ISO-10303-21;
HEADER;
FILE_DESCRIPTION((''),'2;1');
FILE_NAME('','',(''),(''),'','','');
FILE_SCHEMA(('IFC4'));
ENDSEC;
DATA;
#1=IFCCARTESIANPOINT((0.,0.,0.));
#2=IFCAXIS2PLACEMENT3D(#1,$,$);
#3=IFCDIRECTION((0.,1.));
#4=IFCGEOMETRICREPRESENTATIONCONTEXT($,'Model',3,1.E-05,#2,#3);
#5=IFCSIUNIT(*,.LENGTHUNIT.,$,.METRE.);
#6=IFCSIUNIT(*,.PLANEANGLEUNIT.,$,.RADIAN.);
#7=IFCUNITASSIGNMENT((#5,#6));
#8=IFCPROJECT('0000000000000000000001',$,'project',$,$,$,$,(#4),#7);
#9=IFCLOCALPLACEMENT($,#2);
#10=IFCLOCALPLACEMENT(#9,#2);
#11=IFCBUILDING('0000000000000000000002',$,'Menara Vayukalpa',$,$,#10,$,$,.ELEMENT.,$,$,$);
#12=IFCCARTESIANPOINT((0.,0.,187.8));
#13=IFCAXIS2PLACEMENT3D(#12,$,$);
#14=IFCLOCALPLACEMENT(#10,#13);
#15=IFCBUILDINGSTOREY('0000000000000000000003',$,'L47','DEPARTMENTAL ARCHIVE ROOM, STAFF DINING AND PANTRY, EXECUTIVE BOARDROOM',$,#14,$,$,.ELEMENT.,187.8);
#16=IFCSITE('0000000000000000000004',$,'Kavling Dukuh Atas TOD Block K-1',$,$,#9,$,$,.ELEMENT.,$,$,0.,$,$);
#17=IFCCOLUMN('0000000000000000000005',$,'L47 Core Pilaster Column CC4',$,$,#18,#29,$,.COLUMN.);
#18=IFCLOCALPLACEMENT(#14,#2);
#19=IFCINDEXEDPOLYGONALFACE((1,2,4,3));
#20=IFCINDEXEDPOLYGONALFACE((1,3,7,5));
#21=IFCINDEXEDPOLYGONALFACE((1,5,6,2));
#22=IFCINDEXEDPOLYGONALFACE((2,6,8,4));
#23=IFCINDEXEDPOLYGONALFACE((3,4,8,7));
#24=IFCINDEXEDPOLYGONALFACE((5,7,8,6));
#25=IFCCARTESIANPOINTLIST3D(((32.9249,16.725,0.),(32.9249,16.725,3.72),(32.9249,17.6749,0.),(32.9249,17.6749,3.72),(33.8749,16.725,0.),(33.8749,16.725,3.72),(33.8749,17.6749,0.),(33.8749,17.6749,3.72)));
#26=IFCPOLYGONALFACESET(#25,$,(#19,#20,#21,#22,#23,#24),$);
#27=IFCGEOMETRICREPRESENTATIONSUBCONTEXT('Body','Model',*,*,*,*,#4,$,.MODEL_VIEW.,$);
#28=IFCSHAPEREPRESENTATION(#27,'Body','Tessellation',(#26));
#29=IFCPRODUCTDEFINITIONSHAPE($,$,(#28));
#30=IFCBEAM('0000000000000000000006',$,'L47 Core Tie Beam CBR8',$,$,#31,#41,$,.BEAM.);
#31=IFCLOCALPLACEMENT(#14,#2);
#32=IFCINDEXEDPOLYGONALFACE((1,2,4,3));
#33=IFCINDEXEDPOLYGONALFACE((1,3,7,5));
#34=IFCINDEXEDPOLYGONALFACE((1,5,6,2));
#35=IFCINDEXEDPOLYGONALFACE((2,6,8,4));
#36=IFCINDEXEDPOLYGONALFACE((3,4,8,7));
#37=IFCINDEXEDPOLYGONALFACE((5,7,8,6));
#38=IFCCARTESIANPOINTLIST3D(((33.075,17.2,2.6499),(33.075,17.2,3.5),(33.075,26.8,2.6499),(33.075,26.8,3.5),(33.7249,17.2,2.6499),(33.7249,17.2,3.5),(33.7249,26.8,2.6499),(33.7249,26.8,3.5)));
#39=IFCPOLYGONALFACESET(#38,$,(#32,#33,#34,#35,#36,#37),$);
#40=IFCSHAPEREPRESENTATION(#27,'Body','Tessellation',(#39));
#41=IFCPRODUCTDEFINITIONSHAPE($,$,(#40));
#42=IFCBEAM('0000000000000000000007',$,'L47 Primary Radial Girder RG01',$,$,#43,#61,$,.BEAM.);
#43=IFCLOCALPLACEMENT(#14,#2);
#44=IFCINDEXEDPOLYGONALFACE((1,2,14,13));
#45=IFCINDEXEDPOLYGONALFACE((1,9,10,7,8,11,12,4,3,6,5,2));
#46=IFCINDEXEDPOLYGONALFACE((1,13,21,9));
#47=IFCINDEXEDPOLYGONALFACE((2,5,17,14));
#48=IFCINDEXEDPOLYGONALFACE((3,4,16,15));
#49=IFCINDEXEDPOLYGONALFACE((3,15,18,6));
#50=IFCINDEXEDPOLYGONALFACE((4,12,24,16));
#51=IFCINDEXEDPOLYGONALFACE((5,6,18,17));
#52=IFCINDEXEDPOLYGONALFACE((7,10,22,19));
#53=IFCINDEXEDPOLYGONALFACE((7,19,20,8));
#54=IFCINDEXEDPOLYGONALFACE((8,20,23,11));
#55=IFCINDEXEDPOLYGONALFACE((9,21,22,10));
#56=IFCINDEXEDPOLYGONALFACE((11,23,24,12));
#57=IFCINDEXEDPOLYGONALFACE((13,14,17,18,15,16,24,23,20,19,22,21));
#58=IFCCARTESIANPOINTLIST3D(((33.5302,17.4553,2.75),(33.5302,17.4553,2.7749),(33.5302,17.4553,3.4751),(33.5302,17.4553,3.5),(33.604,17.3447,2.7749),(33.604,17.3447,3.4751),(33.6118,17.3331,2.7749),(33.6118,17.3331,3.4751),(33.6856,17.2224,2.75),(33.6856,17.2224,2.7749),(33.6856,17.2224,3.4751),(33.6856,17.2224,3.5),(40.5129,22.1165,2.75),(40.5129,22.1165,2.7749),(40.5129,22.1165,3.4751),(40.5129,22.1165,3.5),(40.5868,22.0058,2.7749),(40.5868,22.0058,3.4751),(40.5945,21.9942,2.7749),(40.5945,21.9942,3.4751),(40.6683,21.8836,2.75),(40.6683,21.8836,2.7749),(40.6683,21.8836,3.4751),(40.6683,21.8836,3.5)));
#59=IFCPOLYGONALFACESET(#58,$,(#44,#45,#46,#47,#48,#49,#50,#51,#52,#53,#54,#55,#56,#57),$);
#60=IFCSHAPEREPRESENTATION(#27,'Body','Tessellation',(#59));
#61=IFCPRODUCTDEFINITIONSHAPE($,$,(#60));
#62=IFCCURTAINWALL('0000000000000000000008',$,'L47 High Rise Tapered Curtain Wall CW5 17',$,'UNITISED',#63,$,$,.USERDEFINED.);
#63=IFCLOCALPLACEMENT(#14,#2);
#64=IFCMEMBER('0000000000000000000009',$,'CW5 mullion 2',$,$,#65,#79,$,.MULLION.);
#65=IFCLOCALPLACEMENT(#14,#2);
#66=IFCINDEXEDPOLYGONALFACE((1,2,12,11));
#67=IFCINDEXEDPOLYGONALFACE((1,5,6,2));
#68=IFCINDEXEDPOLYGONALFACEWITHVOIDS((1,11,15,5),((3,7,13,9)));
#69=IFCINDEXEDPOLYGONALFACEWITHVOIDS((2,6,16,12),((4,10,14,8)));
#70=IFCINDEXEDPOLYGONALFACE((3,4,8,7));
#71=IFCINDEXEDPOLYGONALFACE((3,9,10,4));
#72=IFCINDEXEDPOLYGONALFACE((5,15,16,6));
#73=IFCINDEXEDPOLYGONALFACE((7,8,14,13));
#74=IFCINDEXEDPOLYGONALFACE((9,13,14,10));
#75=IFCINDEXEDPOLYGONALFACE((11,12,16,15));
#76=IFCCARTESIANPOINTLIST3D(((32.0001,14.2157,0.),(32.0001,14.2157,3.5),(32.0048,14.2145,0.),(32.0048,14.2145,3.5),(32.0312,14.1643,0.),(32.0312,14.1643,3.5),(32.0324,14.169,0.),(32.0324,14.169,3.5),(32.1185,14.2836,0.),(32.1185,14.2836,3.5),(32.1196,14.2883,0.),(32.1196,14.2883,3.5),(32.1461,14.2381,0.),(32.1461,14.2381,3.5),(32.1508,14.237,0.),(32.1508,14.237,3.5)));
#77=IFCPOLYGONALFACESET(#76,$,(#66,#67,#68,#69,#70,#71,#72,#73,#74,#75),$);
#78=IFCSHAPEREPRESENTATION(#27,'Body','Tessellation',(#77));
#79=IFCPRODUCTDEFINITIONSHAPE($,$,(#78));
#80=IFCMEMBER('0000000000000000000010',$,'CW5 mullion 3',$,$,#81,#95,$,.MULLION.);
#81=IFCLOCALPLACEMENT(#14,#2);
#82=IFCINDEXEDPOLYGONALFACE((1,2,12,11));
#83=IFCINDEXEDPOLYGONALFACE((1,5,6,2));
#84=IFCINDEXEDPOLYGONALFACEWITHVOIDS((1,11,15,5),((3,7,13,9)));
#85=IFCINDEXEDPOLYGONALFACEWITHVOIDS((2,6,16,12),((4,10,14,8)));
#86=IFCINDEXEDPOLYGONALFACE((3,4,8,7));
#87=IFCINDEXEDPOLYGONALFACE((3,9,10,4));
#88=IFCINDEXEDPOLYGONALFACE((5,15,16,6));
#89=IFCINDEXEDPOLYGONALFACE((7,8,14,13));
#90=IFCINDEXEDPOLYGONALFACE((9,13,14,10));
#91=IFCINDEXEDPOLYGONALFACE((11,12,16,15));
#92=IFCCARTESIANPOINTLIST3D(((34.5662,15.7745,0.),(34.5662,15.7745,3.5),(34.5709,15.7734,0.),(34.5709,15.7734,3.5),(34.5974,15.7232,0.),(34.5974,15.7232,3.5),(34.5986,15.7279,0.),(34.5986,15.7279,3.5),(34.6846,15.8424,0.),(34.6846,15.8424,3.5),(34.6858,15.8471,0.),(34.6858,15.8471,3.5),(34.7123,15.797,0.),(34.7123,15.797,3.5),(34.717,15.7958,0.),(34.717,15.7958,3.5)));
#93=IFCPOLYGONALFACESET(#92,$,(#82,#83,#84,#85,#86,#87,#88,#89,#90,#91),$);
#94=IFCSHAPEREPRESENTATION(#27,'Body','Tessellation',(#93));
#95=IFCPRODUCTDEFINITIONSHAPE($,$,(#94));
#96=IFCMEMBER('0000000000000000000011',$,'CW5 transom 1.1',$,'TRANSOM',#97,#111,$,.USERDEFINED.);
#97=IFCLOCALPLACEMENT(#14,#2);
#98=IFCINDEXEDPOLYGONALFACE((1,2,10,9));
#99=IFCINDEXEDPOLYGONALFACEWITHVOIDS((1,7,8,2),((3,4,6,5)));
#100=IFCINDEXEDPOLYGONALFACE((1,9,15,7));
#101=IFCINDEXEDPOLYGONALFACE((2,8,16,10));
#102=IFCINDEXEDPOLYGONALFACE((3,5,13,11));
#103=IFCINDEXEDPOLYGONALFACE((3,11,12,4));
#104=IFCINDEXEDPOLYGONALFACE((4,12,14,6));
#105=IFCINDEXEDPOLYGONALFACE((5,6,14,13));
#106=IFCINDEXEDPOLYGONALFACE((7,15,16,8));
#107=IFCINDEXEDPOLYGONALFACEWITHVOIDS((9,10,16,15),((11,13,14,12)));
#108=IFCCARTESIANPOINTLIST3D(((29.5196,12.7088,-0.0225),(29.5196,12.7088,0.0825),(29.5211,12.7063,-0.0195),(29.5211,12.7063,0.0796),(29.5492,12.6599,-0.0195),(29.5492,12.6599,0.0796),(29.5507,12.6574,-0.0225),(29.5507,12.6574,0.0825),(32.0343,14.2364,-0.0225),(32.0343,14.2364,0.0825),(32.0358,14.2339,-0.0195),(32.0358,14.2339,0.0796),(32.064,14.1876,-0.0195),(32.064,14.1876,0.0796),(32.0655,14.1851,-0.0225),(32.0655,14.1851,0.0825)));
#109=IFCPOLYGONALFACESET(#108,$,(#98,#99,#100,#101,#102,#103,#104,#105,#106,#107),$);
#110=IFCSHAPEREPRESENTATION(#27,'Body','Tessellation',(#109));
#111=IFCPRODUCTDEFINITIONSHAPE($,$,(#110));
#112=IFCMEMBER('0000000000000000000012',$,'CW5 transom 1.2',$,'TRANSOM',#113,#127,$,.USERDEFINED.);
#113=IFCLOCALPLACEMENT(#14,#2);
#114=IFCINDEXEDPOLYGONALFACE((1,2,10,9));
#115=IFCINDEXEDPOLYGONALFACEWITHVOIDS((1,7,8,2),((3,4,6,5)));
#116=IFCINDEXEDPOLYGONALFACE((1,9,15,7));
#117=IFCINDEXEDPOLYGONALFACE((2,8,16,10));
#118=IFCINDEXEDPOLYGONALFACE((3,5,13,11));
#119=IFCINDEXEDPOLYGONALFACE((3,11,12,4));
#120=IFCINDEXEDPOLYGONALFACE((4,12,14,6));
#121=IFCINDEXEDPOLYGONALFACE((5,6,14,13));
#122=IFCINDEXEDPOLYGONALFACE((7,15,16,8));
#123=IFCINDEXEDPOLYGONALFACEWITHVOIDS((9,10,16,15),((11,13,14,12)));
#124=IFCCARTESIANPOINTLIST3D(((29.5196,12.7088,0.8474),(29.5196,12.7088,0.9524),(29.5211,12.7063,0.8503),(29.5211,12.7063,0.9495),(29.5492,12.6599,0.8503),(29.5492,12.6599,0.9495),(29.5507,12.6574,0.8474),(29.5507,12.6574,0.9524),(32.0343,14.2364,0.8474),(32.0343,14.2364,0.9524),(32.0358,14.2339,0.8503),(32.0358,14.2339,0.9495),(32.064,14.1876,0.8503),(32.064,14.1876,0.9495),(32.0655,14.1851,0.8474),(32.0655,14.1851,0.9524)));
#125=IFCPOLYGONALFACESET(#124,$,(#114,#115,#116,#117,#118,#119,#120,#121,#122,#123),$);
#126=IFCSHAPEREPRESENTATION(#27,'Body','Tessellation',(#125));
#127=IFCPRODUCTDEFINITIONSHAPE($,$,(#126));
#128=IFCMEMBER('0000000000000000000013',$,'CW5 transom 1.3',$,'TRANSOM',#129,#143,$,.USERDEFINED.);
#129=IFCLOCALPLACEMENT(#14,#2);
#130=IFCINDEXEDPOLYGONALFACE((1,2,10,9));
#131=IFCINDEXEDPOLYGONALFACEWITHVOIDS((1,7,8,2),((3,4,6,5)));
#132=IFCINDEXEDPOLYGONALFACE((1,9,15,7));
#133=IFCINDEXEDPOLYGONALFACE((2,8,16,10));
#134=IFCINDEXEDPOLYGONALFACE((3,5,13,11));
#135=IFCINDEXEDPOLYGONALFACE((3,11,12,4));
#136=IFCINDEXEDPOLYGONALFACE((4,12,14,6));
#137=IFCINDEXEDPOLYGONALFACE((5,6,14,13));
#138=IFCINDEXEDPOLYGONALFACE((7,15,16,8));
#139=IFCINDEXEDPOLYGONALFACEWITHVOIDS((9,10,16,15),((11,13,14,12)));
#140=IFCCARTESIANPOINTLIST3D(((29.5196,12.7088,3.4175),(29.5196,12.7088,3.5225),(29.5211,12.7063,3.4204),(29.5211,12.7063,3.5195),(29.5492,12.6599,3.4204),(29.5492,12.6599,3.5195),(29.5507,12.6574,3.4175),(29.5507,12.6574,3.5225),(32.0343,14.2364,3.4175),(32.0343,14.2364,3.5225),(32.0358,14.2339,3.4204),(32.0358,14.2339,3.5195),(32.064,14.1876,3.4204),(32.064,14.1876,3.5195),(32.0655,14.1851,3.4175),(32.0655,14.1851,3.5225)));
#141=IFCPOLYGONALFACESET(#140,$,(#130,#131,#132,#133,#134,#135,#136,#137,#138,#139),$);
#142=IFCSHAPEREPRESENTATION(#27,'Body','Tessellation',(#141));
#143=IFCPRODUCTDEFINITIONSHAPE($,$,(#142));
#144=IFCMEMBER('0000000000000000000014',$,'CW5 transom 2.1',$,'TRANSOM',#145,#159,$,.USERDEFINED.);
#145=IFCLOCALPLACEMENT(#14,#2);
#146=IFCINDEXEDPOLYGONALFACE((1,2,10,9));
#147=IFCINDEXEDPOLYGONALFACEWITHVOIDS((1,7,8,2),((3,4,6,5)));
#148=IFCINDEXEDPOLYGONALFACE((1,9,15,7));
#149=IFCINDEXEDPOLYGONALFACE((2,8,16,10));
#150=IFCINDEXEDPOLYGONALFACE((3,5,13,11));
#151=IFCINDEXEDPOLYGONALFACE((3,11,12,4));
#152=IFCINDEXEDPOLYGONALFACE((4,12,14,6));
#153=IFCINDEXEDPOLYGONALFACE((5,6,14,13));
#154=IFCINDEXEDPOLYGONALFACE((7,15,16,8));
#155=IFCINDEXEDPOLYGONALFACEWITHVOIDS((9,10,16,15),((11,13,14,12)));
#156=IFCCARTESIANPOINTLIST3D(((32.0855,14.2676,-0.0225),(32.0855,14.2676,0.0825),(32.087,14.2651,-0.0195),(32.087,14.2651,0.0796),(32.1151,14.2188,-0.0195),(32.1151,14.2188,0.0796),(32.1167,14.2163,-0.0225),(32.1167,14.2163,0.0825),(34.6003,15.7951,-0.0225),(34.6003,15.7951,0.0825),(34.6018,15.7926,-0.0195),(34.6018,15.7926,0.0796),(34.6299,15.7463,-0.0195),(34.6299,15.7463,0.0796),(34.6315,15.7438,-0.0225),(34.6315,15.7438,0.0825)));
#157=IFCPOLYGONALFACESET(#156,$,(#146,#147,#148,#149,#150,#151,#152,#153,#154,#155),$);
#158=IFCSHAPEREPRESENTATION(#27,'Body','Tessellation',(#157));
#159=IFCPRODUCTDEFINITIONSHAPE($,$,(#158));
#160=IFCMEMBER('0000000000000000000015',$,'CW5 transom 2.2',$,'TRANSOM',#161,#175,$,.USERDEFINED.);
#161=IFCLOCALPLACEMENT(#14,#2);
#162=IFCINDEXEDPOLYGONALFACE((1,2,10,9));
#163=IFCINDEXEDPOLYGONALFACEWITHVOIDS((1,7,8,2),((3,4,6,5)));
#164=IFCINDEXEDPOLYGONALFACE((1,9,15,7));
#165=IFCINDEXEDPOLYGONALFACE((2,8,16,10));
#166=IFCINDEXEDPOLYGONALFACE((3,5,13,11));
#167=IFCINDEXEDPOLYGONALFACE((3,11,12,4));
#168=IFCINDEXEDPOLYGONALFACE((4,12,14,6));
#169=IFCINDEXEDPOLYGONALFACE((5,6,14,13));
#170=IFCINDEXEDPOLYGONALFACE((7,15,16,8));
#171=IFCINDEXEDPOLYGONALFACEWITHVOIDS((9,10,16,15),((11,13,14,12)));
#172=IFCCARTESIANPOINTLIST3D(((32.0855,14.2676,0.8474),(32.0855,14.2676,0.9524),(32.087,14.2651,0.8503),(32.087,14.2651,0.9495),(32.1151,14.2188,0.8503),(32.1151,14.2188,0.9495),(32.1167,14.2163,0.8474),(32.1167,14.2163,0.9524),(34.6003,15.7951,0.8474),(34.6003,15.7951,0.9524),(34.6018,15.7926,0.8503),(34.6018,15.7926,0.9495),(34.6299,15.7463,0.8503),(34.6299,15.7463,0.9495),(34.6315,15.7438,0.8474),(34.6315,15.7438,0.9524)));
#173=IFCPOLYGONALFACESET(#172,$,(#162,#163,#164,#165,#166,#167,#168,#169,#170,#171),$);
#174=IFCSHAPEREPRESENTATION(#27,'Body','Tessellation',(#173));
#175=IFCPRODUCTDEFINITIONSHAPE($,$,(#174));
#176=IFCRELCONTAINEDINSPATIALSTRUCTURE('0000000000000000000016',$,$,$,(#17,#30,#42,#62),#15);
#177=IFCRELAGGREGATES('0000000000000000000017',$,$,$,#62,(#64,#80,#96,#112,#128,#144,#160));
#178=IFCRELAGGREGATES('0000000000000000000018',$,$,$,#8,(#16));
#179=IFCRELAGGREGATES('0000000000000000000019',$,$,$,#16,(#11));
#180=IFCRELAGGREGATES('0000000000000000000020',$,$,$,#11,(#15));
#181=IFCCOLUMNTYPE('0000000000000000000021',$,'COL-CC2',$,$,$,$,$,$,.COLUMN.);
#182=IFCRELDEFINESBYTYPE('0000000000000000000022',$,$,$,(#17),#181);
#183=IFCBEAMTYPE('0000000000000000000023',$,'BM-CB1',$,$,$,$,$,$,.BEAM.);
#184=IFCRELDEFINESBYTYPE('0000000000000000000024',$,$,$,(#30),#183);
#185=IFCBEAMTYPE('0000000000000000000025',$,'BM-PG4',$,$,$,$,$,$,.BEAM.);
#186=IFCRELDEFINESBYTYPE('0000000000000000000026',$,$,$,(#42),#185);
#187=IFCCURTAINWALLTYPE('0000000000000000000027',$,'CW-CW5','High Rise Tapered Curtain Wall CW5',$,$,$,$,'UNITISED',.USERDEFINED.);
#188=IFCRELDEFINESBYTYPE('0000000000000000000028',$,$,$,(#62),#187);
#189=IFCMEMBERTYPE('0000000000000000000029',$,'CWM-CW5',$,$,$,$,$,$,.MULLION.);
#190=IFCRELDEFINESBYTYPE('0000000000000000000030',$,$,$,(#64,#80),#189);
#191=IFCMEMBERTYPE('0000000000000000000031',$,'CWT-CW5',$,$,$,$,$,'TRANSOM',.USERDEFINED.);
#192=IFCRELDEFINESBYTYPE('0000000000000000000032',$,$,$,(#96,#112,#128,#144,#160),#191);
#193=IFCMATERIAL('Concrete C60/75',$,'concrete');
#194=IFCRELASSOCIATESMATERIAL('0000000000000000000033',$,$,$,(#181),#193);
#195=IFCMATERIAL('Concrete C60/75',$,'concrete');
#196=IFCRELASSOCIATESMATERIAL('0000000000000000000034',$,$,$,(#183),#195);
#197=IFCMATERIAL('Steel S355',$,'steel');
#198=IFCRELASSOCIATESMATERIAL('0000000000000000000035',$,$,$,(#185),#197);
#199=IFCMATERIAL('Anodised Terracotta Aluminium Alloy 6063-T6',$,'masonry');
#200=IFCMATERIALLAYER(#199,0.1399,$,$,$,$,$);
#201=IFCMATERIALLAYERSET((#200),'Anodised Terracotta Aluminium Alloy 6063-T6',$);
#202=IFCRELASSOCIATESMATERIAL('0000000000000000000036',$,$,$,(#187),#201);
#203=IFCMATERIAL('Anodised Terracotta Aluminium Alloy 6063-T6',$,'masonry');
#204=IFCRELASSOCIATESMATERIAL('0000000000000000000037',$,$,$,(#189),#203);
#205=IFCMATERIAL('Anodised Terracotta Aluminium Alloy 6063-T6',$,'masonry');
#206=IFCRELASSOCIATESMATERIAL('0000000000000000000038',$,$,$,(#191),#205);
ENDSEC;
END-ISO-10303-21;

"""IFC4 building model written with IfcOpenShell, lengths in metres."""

from ifc_helpers import new_model, si_unit, direction, frame, origin, origin_2d, place, context, subcontext, project, spatial, rectangle, hollow_rectangle, i_section, extrude, material, layer, layer_set, material_profile, profile_set, type_object, element, aggregate, save


model = new_model("IFC4")

# Units and contexts
model_context = context("Model", 3, precision=1e-05, world=origin(), true_north=direction((0.0, 1.0)))
body_context = subcontext(model_context, "Body", "Model", "MODEL_VIEW")
ifc_project = project(units=[si_unit("LENGTHUNIT", "METRE"), si_unit("PLANEANGLEUNIT", "RADIAN")], contexts=[model_context])

# Site, building, storey
site_placement = place(None, origin())
site = spatial("IfcSite", under=ifc_project, at=site_placement, Name="Kavling Dukuh Atas TOD Block K-1", CompositionType="ELEMENT", RefElevation=0.0)
building_placement = place(site_placement, origin())
building = spatial("IfcBuilding", under=site, at=building_placement, Name="Menara Vayukalpa", CompositionType="ELEMENT")
storey_placement = place(building_placement, frame((0.0, 0.0, 187.8)))
storey = spatial("IfcBuildingStorey", under=building, at=storey_placement, Name="L47", Description="DEPARTMENTAL ARCHIVE ROOM, STAFF DINING AND PANTRY, EXECUTIVE BOARDROOM", CompositionType="ELEMENT", Elevation=187.8)

# Column
ifc_material_1 = material(Name="Concrete C60/75", Category="concrete")
ifc_material_profile_1 = material_profile(ifc_material_1, rectangle(XDim=0.95, YDim=0.95, at=origin_2d()), Name="RC 950x950")
ifc_profile_set_1 = profile_set([ifc_material_profile_1], Name="Concrete C60/75")
column_type = type_object("IfcColumnType", Name="COL-CC2", PredefinedType="COLUMN", material=ifc_profile_set_1)
column_placement = place(storey_placement, frame((33.3999, 17.2, 0.0), z_axis=(0.0, 0.0, 1.0), x_axis=(1.0, 0.0, 0.0)))
element("IfcColumn", 1, at=column_placement, inside=storey, type_object=column_type, Name="L47 Core Pilaster Column CC4", PredefinedType="COLUMN", context=body_context, shape_type="SweptSolid", body=[
    extrude(rectangle(XDim=0.95, YDim=0.95, at=origin_2d()), origin(), (0.0, 0.0, 1.0), 3.72),
])

# Beams
ifc_material_2 = material(Name="Concrete C60/75", Category="concrete")
ifc_material_profile_2 = material_profile(ifc_material_2, rectangle(XDim=0.6499, YDim=0.8501, at=origin_2d()), Name="RC 650x850")
ifc_profile_set_2 = profile_set([ifc_material_profile_2], Name="Concrete C60/75")
beam_type_1 = type_object("IfcBeamType", Name="BM-CB1", PredefinedType="BEAM", material=ifc_profile_set_2)
beam_1_placement = place(storey_placement, frame((33.3999, 17.2, 3.075), z_axis=(0.0, 1.0, 0.0), x_axis=(-1.0, 0.0, 0.0)))
element("IfcBeam", 2, at=beam_1_placement, inside=storey, type_object=beam_type_1, Name="L47 Core Tie Beam CBR8", PredefinedType="BEAM", context=body_context, shape_type="SweptSolid", body=[
    extrude(rectangle(XDim=0.6499, YDim=0.8501, at=origin_2d()), origin(), (0.0, 0.0, 1.0), 9.6001),
])
ifc_material_3 = material(Name="Steel S355", Category="steel")
ifc_material_profile_3 = material_profile(ifc_material_3, i_section(OverallWidth=0.28, OverallDepth=0.75, WebThickness=0.0139, FlangeThickness=0.0249, at=origin_2d()), Name="WF 750x280x14x25")
ifc_profile_set_3 = profile_set([ifc_material_profile_3], Name="Steel S355")
beam_type_2 = type_object("IfcBeamType", Name="BM-PG4", PredefinedType="BEAM", material=ifc_profile_set_3)
beam_2_placement = place(storey_placement, frame((33.6079, 17.3389, 3.125), z_axis=(0.831719, 0.555197, 0.0), x_axis=(-0.555197, 0.831719, 0.0)))
element("IfcBeam", 3, at=beam_2_placement, inside=storey, type_object=beam_type_2, Name="L47 Primary Radial Girder RG01", PredefinedType="BEAM", context=body_context, shape_type="SweptSolid", body=[
    extrude(i_section(OverallWidth=0.28, OverallDepth=0.75, WebThickness=0.0139, FlangeThickness=0.0249, at=origin_2d()), origin(), (0.0, 0.0, 1.0), 8.3955),
])

# Curtain wall, members
ifc_material_4 = material(Name="Anodised Terracotta Aluminium Alloy 6063-T6", Category="masonry")
ifc_layer_1 = layer(ifc_material_4, 0.1399)
ifc_layer_set_1 = layer_set([ifc_layer_1], Name="Anodised Terracotta Aluminium Alloy 6063-T6")
curtain_wall_type = type_object("IfcCurtainWallType", Name="CW-CW5", Description="High Rise Tapered Curtain Wall CW5", ElementType="UNITISED", PredefinedType="USERDEFINED", material=ifc_layer_set_1)
curtain_wall_placement = place(storey_placement, origin())
curtain_wall = element("IfcCurtainWall", 4, at=curtain_wall_placement, inside=storey, type_object=curtain_wall_type, Name="L47 High Rise Tapered Curtain Wall CW5 17", ObjectType="UNITISED", PredefinedType="USERDEFINED")
ifc_material_5 = material(Name="Anodised Terracotta Aluminium Alloy 6063-T6", Category="masonry")
ifc_material_profile_4 = material_profile(ifc_material_5, hollow_rectangle(XDim=0.0601, YDim=0.1399, WallThickness=0.0034, at=origin_2d()), Name="ALU 60x140x3.5")
ifc_profile_set_4 = profile_set([ifc_material_profile_4], Name="Anodised Terracotta Aluminium Alloy 6063-T6")
member_type_1 = type_object("IfcMemberType", Name="CWM-CW5", PredefinedType="MULLION", material=ifc_profile_set_4)
member_1_placement = place(storey_placement, frame((32.0754, 14.2263, 0.0), z_axis=(0.0, 0.0, 1.0), x_axis=(-0.51918, 0.854665, 0.0)))
member_1 = element("IfcMember", 5, at=member_1_placement, type_object=member_type_1, Name="CW5 mullion 2", PredefinedType="MULLION", context=body_context, shape_type="SweptSolid", body=[
    extrude(hollow_rectangle(XDim=0.0601, YDim=0.1399, WallThickness=0.0034, at=origin_2d()), origin(), (0.0, 0.0, 1.0), 3.5),
])
member_2_placement = place(storey_placement, frame((34.6416, 15.7852, 0.0), z_axis=(0.0, 0.0, 1.0), x_axis=(-0.51918, 0.854665, 0.0)))
member_2 = element("IfcMember", 6, at=member_2_placement, type_object=member_type_1, Name="CW5 mullion 3", PredefinedType="MULLION", context=body_context, shape_type="SweptSolid", body=[
    extrude(hollow_rectangle(XDim=0.0601, YDim=0.1399, WallThickness=0.0034, at=origin_2d()), origin(), (0.0, 0.0, 1.0), 3.5),
])
ifc_material_6 = material(Name="Anodised Terracotta Aluminium Alloy 6063-T6", Category="masonry")
ifc_material_profile_5 = material_profile(ifc_material_6, hollow_rectangle(XDim=0.0601, YDim=0.105, WallThickness=0.0029, at=origin_2d()), Name="ALU 60x105x3")
ifc_profile_set_5 = profile_set([ifc_material_profile_5], Name="Anodised Terracotta Aluminium Alloy 6063-T6")
member_type_2 = type_object("IfcMemberType", Name="CWT-CW5", ElementType="TRANSOM", PredefinedType="USERDEFINED", material=ifc_profile_set_5)
member_3_placement = place(storey_placement, frame((29.5352, 12.6831, 0.03), z_axis=(0.854661, 0.519186, 0.0), x_axis=(-0.519186, 0.854661, 0.0)))
member_3 = element("IfcMember", 7, at=member_3_placement, type_object=member_type_2, Name="CW5 transom 1.1", ObjectType="TRANSOM", PredefinedType="USERDEFINED", context=body_context, shape_type="SweptSolid", body=[
    extrude(hollow_rectangle(XDim=0.0601, YDim=0.105, WallThickness=0.0029, at=origin_2d()), origin(), (0.0, 0.0, 1.0), 2.9424),
])
member_4_placement = place(storey_placement, frame((29.5352, 12.6831, 0.8999), z_axis=(0.854661, 0.519186, 0.0), x_axis=(-0.519186, 0.854661, 0.0)))
member_4 = element("IfcMember", 8, at=member_4_placement, type_object=member_type_2, Name="CW5 transom 1.2", ObjectType="TRANSOM", PredefinedType="USERDEFINED", context=body_context, shape_type="SweptSolid", body=[
    extrude(hollow_rectangle(XDim=0.0601, YDim=0.105, WallThickness=0.0029, at=origin_2d()), origin(), (0.0, 0.0, 1.0), 2.9424),
])
member_5_placement = place(storey_placement, frame((29.5352, 12.6831, 3.47), z_axis=(0.854661, 0.519186, 0.0), x_axis=(-0.519186, 0.854661, 0.0)))
member_5 = element("IfcMember", 9, at=member_5_placement, type_object=member_type_2, Name="CW5 transom 1.3", ObjectType="TRANSOM", PredefinedType="USERDEFINED", context=body_context, shape_type="SweptSolid", body=[
    extrude(hollow_rectangle(XDim=0.0601, YDim=0.105, WallThickness=0.0029, at=origin_2d()), origin(), (0.0, 0.0, 1.0), 2.9424),
])
member_6_placement = place(storey_placement, frame((32.1011, 14.2419, 0.03), z_axis=(0.854684, 0.519149, 0.0), x_axis=(-0.519149, 0.854684, 0.0)))
member_6 = element("IfcMember", 10, at=member_6_placement, type_object=member_type_2, Name="CW5 transom 2.1", ObjectType="TRANSOM", PredefinedType="USERDEFINED", context=body_context, shape_type="SweptSolid", body=[
    extrude(hollow_rectangle(XDim=0.0601, YDim=0.105, WallThickness=0.0029, at=origin_2d()), origin(), (0.0, 0.0, 1.0), 2.9424),
])
member_7_placement = place(storey_placement, frame((32.1011, 14.2419, 0.8999), z_axis=(0.854684, 0.519149, 0.0), x_axis=(-0.519149, 0.854684, 0.0)))
member_7 = element("IfcMember", 11, at=member_7_placement, type_object=member_type_2, Name="CW5 transom 2.2", ObjectType="TRANSOM", PredefinedType="USERDEFINED", context=body_context, shape_type="SweptSolid", body=[
    extrude(hollow_rectangle(XDim=0.0601, YDim=0.105, WallThickness=0.0029, at=origin_2d()), origin(), (0.0, 0.0, 1.0), 2.9424),
])
aggregate(curtain_wall, [member_1, member_2, member_3, member_4, member_5, member_6, member_7])

save(model, "model.ifc")
